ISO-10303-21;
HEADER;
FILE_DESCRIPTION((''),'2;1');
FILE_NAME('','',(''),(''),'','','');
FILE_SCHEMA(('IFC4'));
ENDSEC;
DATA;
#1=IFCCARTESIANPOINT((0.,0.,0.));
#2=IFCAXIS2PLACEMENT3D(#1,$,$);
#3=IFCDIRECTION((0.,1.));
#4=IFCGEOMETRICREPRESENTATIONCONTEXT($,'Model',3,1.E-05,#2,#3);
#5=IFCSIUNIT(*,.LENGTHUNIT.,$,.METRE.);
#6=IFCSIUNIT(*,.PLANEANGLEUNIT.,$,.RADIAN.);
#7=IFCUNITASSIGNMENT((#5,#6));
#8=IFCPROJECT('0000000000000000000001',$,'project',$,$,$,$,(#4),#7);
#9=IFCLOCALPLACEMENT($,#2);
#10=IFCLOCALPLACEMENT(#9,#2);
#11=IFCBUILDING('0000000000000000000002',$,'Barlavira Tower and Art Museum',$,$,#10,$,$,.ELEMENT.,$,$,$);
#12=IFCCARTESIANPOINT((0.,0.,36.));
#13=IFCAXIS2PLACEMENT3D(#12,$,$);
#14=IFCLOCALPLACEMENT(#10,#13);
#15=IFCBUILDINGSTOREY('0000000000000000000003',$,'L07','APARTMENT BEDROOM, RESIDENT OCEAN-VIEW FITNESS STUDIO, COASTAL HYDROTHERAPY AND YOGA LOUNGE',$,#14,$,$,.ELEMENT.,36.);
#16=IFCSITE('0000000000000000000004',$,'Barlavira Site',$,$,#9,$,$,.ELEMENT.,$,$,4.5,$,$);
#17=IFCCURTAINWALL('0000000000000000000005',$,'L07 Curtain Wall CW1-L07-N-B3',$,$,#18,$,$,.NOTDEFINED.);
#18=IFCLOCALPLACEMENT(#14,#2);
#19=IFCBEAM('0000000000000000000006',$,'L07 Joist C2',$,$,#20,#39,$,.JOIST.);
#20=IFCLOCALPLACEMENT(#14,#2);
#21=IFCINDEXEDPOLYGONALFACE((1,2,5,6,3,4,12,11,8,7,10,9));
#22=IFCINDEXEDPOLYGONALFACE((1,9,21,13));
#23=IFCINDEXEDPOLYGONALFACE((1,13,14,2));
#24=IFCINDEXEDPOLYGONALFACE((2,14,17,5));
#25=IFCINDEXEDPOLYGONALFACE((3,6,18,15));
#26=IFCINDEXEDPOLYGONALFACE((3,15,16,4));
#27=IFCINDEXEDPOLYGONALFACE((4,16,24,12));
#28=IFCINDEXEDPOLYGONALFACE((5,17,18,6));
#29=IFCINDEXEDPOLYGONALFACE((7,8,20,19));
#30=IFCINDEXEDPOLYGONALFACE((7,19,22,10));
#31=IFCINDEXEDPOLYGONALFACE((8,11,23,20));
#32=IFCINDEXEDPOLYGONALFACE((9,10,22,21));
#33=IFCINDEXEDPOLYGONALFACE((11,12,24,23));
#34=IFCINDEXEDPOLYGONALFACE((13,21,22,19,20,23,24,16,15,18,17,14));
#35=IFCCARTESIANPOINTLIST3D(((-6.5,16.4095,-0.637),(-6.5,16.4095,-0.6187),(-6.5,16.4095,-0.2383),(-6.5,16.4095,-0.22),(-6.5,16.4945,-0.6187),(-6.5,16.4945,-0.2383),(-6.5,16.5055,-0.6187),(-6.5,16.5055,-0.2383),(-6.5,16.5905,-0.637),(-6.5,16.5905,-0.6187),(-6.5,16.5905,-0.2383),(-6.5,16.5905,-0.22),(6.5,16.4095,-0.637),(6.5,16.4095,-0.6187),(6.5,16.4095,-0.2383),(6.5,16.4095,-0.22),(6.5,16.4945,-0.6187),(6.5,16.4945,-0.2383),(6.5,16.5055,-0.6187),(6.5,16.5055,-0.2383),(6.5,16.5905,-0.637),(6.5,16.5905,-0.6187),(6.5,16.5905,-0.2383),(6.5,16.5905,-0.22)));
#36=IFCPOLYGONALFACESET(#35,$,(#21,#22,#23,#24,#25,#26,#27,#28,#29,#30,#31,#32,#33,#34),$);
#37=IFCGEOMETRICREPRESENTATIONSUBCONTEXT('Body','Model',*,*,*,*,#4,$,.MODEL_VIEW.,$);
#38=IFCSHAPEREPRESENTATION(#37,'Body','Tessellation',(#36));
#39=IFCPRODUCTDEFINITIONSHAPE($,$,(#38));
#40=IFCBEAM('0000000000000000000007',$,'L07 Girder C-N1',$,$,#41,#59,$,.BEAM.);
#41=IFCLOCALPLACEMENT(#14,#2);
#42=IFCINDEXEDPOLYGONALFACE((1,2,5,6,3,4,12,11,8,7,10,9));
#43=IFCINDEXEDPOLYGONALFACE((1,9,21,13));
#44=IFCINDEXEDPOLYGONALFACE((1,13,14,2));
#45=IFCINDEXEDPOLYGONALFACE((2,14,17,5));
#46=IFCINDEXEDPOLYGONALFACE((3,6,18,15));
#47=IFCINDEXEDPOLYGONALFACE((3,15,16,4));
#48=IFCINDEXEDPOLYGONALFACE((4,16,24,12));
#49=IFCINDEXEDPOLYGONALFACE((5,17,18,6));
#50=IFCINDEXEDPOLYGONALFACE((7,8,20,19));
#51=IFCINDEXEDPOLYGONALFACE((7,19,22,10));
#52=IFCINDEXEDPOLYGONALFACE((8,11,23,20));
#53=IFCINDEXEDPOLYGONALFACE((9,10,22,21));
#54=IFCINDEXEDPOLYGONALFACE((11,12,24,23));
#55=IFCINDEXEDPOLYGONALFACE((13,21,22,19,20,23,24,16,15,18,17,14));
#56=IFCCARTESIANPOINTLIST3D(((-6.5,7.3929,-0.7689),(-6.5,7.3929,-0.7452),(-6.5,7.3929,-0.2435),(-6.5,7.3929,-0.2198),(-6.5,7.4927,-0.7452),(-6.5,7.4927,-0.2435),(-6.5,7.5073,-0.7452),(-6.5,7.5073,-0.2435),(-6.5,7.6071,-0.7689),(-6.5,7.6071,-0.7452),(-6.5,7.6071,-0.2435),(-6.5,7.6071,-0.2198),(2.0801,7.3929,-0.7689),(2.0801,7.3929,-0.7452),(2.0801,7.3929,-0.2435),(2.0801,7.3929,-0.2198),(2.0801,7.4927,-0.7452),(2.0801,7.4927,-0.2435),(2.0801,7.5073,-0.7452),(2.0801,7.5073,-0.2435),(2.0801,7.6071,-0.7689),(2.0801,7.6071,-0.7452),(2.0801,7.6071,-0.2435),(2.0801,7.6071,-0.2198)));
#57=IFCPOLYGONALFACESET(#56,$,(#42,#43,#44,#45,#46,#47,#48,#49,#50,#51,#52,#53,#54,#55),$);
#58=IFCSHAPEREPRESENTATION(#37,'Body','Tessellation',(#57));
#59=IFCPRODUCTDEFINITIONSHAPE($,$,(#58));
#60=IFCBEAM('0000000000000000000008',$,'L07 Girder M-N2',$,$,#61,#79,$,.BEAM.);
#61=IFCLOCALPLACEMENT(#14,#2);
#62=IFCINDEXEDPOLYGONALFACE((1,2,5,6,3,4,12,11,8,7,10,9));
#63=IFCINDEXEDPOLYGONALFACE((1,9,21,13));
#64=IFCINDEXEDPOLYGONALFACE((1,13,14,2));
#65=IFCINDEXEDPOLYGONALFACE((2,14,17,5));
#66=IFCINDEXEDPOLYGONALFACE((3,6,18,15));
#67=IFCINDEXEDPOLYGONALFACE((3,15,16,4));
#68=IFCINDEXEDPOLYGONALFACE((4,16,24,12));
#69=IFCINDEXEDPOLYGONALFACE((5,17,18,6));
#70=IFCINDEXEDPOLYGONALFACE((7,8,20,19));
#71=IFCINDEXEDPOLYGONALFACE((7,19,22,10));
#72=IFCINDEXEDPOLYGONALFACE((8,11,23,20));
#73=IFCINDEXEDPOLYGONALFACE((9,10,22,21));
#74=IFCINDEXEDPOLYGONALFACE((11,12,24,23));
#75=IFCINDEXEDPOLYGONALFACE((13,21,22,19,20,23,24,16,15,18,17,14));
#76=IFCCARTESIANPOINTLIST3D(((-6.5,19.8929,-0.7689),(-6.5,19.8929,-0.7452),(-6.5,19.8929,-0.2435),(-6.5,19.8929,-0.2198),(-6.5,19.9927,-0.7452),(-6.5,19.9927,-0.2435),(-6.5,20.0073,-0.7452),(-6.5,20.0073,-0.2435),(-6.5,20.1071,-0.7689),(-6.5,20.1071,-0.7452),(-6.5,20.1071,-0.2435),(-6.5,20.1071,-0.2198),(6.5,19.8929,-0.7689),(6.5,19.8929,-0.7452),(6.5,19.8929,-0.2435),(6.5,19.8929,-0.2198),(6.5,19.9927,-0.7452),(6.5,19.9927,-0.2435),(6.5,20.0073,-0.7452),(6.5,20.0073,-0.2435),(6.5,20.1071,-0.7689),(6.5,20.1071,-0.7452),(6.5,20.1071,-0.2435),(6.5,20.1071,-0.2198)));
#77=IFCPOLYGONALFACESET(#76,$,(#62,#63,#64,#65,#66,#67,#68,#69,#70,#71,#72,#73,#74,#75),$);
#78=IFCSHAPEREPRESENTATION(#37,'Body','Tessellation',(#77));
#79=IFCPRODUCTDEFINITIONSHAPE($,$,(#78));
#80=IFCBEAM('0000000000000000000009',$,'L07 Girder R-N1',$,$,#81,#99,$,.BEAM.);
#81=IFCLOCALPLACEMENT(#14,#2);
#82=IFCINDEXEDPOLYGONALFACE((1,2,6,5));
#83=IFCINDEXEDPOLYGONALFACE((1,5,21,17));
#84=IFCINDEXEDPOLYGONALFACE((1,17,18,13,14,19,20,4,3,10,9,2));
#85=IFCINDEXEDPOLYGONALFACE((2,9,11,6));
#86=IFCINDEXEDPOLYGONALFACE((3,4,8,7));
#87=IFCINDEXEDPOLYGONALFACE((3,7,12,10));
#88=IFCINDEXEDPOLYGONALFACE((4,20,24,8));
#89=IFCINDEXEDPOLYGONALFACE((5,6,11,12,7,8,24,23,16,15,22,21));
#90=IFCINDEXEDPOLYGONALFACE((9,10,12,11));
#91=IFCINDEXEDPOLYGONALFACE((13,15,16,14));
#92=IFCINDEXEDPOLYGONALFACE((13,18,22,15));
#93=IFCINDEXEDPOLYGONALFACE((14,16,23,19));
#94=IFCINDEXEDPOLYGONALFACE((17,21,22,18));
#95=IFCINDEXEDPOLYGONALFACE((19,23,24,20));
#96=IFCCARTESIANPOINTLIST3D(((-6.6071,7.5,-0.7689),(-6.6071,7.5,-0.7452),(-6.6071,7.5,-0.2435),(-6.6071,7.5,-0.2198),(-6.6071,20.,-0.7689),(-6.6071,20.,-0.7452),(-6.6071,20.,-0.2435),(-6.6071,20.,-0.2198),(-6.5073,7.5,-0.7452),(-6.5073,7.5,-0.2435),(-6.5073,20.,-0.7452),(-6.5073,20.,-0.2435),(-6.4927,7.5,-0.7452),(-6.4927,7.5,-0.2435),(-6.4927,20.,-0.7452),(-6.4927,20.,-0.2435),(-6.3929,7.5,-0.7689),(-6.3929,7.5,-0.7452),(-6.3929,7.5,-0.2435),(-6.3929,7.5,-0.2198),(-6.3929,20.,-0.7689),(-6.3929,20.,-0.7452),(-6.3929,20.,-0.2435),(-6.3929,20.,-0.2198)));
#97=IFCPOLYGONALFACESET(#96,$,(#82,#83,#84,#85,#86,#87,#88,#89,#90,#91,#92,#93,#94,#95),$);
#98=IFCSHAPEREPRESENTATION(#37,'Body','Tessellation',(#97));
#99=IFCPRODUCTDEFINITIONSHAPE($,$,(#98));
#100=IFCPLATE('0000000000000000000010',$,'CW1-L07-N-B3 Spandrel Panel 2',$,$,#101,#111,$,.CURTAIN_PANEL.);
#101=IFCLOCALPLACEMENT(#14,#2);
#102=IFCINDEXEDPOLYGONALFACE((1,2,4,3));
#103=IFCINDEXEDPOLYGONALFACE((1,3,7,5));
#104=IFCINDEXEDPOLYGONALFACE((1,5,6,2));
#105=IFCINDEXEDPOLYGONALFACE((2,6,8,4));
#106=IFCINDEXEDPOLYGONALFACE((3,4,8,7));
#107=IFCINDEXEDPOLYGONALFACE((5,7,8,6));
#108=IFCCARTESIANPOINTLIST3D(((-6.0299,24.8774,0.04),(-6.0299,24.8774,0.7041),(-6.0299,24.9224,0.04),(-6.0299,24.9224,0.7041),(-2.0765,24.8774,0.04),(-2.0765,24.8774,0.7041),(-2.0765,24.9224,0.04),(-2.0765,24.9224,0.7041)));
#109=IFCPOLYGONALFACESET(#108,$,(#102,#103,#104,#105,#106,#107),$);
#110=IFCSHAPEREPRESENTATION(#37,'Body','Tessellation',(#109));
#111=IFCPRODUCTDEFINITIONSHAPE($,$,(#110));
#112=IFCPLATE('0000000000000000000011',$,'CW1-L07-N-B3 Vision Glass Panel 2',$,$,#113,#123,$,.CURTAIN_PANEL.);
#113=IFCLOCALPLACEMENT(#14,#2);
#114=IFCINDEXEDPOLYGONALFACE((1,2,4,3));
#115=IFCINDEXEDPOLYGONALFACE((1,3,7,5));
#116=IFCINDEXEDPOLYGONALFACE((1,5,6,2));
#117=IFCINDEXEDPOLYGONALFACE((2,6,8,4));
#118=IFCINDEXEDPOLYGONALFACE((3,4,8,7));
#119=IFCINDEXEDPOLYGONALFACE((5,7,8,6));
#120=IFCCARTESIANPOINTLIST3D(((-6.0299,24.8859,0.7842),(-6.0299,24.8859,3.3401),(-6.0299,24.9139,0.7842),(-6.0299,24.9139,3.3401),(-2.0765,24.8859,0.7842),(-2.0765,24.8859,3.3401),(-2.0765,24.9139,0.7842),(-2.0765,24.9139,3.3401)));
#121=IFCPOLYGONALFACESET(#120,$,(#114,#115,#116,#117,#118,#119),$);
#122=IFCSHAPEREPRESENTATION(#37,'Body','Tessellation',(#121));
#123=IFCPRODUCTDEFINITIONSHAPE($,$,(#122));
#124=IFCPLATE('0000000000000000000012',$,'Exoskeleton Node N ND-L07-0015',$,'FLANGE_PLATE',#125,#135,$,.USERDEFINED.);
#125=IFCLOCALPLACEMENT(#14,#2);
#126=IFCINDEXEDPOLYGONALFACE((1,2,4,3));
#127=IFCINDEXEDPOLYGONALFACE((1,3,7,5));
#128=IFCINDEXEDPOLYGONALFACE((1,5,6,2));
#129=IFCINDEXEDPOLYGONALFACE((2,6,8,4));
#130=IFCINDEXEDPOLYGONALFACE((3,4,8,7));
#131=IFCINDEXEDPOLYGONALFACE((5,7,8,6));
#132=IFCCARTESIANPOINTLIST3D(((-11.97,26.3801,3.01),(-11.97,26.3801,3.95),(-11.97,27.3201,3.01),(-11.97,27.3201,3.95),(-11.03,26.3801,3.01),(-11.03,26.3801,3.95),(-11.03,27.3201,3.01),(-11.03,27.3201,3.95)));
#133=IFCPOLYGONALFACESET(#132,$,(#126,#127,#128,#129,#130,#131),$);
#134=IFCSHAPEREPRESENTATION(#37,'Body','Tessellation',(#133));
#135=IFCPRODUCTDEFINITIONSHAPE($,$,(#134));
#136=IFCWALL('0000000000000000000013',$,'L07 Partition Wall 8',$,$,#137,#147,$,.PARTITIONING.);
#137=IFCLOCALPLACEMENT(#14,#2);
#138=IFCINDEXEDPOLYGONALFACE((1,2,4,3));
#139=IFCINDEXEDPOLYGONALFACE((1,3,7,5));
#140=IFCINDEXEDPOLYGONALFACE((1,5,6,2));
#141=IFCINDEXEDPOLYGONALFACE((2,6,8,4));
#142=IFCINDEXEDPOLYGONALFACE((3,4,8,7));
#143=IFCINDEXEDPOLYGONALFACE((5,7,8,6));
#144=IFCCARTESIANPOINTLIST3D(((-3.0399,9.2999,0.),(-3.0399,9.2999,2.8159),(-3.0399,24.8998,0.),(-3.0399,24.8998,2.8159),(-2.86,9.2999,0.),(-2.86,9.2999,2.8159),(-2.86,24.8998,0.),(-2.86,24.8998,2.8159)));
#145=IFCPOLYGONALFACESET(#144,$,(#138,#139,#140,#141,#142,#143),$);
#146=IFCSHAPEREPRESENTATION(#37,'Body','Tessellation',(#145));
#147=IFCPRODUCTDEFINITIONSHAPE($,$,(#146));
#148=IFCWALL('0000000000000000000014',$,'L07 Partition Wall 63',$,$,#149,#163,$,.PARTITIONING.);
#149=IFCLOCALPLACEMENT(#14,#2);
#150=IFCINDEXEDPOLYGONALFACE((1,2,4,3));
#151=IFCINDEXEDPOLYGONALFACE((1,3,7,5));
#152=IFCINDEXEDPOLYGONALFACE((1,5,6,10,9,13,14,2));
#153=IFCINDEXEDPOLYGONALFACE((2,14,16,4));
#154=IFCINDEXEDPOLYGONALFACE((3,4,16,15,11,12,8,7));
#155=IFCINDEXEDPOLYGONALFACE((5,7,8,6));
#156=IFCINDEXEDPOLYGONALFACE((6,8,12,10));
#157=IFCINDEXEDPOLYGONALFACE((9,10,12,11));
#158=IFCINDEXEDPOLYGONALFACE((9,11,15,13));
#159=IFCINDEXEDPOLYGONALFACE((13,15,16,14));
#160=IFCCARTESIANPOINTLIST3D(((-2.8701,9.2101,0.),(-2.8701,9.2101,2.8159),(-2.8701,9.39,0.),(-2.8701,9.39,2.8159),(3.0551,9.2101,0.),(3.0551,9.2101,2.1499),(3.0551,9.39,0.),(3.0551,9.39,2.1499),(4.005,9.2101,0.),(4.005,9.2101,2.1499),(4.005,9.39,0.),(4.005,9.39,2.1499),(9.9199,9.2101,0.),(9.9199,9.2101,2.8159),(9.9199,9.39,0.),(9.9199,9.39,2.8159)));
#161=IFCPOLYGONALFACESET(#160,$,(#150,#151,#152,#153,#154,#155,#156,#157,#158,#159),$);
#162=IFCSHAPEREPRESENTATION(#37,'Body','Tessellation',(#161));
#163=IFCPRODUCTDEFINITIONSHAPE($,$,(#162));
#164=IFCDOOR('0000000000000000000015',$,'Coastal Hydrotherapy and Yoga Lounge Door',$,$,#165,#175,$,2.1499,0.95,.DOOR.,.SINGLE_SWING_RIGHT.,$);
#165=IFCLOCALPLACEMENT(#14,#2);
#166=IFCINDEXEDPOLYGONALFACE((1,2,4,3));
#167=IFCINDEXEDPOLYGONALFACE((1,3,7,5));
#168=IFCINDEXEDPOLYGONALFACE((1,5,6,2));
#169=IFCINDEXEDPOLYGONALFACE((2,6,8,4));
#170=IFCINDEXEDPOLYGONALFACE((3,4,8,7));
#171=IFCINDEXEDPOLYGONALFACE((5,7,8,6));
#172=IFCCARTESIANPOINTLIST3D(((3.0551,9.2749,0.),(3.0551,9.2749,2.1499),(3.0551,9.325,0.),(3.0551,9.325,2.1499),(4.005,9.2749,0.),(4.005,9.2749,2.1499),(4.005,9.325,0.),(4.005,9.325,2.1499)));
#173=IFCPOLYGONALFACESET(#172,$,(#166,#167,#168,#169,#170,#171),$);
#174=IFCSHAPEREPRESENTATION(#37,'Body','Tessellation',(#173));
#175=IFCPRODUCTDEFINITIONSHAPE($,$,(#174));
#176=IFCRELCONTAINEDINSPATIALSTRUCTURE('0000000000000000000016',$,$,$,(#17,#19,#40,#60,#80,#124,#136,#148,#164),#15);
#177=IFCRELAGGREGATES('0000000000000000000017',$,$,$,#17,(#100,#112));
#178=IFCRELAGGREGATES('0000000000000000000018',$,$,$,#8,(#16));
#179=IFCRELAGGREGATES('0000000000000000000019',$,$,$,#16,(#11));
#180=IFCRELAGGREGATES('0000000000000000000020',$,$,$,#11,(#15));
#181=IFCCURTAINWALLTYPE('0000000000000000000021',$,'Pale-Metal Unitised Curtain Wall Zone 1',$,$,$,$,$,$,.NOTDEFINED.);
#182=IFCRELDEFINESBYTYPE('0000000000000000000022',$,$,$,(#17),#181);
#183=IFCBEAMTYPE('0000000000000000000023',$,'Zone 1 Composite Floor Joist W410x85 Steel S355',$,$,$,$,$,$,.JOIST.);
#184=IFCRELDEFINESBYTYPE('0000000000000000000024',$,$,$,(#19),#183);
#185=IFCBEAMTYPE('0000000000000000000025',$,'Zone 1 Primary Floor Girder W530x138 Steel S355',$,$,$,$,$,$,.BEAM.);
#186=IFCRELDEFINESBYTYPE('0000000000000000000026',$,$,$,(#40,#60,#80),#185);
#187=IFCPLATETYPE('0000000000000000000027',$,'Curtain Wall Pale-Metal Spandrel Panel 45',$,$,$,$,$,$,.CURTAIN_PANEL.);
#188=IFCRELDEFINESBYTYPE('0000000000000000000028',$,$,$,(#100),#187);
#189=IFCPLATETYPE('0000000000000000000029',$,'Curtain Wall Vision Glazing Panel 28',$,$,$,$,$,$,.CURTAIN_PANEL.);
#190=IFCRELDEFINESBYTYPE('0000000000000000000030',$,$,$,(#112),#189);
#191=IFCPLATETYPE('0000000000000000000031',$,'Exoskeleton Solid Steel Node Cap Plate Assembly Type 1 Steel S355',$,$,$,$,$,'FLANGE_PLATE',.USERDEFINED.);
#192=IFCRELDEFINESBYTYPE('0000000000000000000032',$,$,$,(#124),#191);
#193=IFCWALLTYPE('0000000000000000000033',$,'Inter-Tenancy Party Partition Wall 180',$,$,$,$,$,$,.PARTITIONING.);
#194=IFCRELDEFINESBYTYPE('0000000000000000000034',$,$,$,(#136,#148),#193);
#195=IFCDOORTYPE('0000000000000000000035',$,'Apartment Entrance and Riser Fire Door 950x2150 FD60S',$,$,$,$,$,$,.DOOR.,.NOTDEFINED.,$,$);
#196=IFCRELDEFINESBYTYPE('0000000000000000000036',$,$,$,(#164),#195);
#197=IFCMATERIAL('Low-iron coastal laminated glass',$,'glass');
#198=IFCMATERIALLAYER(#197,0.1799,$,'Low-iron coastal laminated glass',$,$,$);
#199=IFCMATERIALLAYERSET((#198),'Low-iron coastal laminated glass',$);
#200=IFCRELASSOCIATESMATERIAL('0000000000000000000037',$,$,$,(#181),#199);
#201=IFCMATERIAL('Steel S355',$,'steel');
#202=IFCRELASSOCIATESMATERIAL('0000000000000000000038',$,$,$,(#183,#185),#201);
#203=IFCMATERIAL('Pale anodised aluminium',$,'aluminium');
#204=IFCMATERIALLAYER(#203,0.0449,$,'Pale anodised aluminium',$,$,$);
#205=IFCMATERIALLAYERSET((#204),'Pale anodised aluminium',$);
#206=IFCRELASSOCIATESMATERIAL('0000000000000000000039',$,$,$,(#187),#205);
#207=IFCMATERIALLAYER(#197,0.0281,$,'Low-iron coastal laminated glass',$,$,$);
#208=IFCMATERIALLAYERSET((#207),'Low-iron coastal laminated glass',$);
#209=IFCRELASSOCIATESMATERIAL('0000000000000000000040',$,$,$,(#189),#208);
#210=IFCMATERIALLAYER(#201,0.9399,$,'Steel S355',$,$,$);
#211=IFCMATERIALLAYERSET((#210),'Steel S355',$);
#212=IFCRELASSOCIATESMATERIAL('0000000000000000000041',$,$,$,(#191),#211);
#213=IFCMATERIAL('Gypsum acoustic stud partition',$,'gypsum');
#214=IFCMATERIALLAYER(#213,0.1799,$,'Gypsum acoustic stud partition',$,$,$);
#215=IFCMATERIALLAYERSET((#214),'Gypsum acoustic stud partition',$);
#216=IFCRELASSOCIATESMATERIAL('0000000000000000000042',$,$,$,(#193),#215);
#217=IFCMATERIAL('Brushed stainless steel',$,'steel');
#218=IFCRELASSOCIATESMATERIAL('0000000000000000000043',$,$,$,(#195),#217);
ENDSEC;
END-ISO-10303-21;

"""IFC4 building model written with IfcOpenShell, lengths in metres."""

from ifc_helpers import new_model, si_unit, direction, frame, frame_2d, origin, origin_2d, place, context, subcontext, project, spatial, rectangle, i_section, extrude, material, layer, layer_set, material_profile, profile_set, type_object, element, fill, aggregate, save


model = new_model("IFC4")

# Units and contexts
model_context = context("Model", 3, precision=1e-05, world=origin(), true_north=direction((0.0, 1.0)))
body_context = subcontext(model_context, "Body", "Model", "MODEL_VIEW")
ifc_project = project(units=[si_unit("LENGTHUNIT", "METRE"), si_unit("PLANEANGLEUNIT", "RADIAN")], contexts=[model_context])

# Site, building, storey
site_placement = place(None, origin())
site = spatial("IfcSite", under=ifc_project, at=site_placement, Name="Barlavira Site", CompositionType="ELEMENT", RefElevation=4.5)
building_placement = place(site_placement, origin())
building = spatial("IfcBuilding", under=site, at=building_placement, Name="Barlavira Tower and Art Museum", CompositionType="ELEMENT")
storey_placement = place(building_placement, frame((0.0, 0.0, 36.0)))
storey = spatial("IfcBuildingStorey", under=building, at=storey_placement, Name="L07", Description="APARTMENT BEDROOM, RESIDENT OCEAN-VIEW FITNESS STUDIO, COASTAL HYDROTHERAPY AND YOGA LOUNGE", CompositionType="ELEMENT", Elevation=36.0)

# Shared definitions
ifc_material_1 = material(Name="Steel S355", Category="steel")

# Curtain wall
ifc_material_2 = material(Name="Low-iron coastal laminated glass", Category="glass")
ifc_layer_1 = layer(ifc_material_2, 0.1799, Name="Low-iron coastal laminated glass")
ifc_layer_set_1 = layer_set([ifc_layer_1], Name="Low-iron coastal laminated glass")
curtain_wall_type = type_object("IfcCurtainWallType", Name="Pale-Metal Unitised Curtain Wall Zone 1", PredefinedType="NOTDEFINED", material=ifc_layer_set_1)
curtain_wall_placement = place(storey_placement, origin())
curtain_wall = element("IfcCurtainWall", 1, at=curtain_wall_placement, inside=storey, type_object=curtain_wall_type, Name="L07 Curtain Wall CW1-L07-N-B3", PredefinedType="NOTDEFINED")
ifc_material_3 = material(Name="Pale anodised aluminium", Category="aluminium")

# Beams
ifc_material_profile_1 = material_profile(ifc_material_1, i_section(OverallWidth=0.1809, OverallDepth=0.417, WebThickness=0.011, FlangeThickness=0.0183, at=origin_2d()), Name="W410x85.0")
ifc_profile_set_1 = profile_set([ifc_material_profile_1], Name="Steel S355")
beam_type_1 = type_object("IfcBeamType", Name="Zone 1 Composite Floor Joist W410x85 Steel S355", PredefinedType="JOIST", material=ifc_profile_set_1)
beam_1_placement = place(storey_placement, frame((-6.5, 16.5, -0.4285), z_axis=(1.0, 0.0, 0.0), x_axis=(0.0, 1.0, 0.0)))
element("IfcBeam", 2, at=beam_1_placement, inside=storey, type_object=beam_type_1, Name="L07 Joist C2", PredefinedType="JOIST", context=body_context, shape_type="SweptSolid", body=[
    extrude(i_section(OverallWidth=0.1809, OverallDepth=0.417, WebThickness=0.011, FlangeThickness=0.0183, at=origin_2d()), origin(), (0.0, 0.0, 1.0), 13.0),
])
ifc_material_profile_2 = material_profile(ifc_material_1, i_section(OverallWidth=0.2141, OverallDepth=0.5491, WebThickness=0.0146, FlangeThickness=0.0237, at=origin_2d()), Name="W530x138.0")
ifc_profile_set_2 = profile_set([ifc_material_profile_2], Name="Steel S355")
beam_type_2 = type_object("IfcBeamType", Name="Zone 1 Primary Floor Girder W530x138 Steel S355", PredefinedType="BEAM", material=ifc_profile_set_2)
beam_2_placement = place(storey_placement, frame((-6.5, 7.5, -0.4944), z_axis=(1.0, 0.0, 0.0), x_axis=(0.0, 1.0, 0.0)))
element("IfcBeam", 3, at=beam_2_placement, inside=storey, type_object=beam_type_2, Name="L07 Girder C-N1", PredefinedType="BEAM", context=body_context, shape_type="SweptSolid", body=[
    extrude(i_section(OverallWidth=0.2141, OverallDepth=0.5491, WebThickness=0.0146, FlangeThickness=0.0237, at=origin_2d()), origin(), (0.0, 0.0, 1.0), 8.5801),
])
beam_3_placement = place(storey_placement, frame((-6.5, 20.0, -0.4944), z_axis=(1.0, 0.0, 0.0), x_axis=(0.0, 1.0, 0.0)))
element("IfcBeam", 4, at=beam_3_placement, inside=storey, type_object=beam_type_2, Name="L07 Girder M-N2", PredefinedType="BEAM", context=body_context, shape_type="SweptSolid", body=[
    extrude(i_section(OverallWidth=0.2141, OverallDepth=0.5491, WebThickness=0.0146, FlangeThickness=0.0237, at=origin_2d()), origin(), (0.0, 0.0, 1.0), 13.0),
])
beam_4_placement = place(storey_placement, frame((-6.5, 7.5, -0.4944), z_axis=(0.0, 1.0, 0.0), x_axis=(-1.0, 0.0, 0.0)))
element("IfcBeam", 5, at=beam_4_placement, inside=storey, type_object=beam_type_2, Name="L07 Girder R-N1", PredefinedType="BEAM", context=body_context, shape_type="SweptSolid", body=[
    extrude(i_section(OverallWidth=0.2141, OverallDepth=0.5491, WebThickness=0.0146, FlangeThickness=0.0237, at=origin_2d()), origin(), (0.0, 0.0, 1.0), 12.5),
])

# Plates
ifc_layer_2 = layer(ifc_material_3, 0.0449, Name="Pale anodised aluminium")
ifc_layer_set_2 = layer_set([ifc_layer_2], Name="Pale anodised aluminium")
plate_type_1 = type_object("IfcPlateType", Name="Curtain Wall Pale-Metal Spandrel Panel 45", PredefinedType="CURTAIN_PANEL", material=ifc_layer_set_2)
plate_1_placement = place(storey_placement, frame((-4.0532, 24.8999, 0.04), z_axis=(0.0, 0.0, 1.0), x_axis=(-1.0, 0.0, 0.0)))
plate_1 = element("IfcPlate", 6, at=plate_1_placement, type_object=plate_type_1, Name="CW1-L07-N-B3 Spandrel Panel 2", PredefinedType="CURTAIN_PANEL", context=body_context, shape_type="SweptSolid", body=[
    extrude(rectangle(XDim=3.9534, YDim=0.0449, at=origin_2d()), origin(), (0.0, 0.0, 1.0), 0.6641),
])
ifc_layer_3 = layer(ifc_material_2, 0.0281, Name="Low-iron coastal laminated glass")
ifc_layer_set_3 = layer_set([ifc_layer_3], Name="Low-iron coastal laminated glass")
plate_type_2 = type_object("IfcPlateType", Name="Curtain Wall Vision Glazing Panel 28", PredefinedType="CURTAIN_PANEL", material=ifc_layer_set_3)
plate_2_placement = place(storey_placement, frame((-4.0532, 24.8999, 0.7842), z_axis=(0.0, 0.0, 1.0), x_axis=(-1.0, 0.0, 0.0)))
plate_2 = element("IfcPlate", 7, at=plate_2_placement, type_object=plate_type_2, Name="CW1-L07-N-B3 Vision Glass Panel 2", PredefinedType="CURTAIN_PANEL", context=body_context, shape_type="SweptSolid", body=[
    extrude(rectangle(XDim=3.9534, YDim=0.0281, at=origin_2d()), origin(), (0.0, 0.0, 1.0), 2.5559),
])
aggregate(curtain_wall, [plate_1, plate_2])
ifc_layer_4 = layer(ifc_material_1, 0.9399, Name="Steel S355")
ifc_layer_set_4 = layer_set([ifc_layer_4], Name="Steel S355")
plate_type_3 = type_object("IfcPlateType", Name="Exoskeleton Solid Steel Node Cap Plate Assembly Type 1 Steel S355", ElementType="FLANGE_PLATE", PredefinedType="USERDEFINED", material=ifc_layer_set_4)
plate_3_placement = place(storey_placement, frame((-11.5, 26.8501, 3.01), z_axis=(0.0, 0.0, 1.0), x_axis=(1.0, 0.0, 0.0)))
element("IfcPlate", 8, at=plate_3_placement, inside=storey, type_object=plate_type_3, Name="Exoskeleton Node N ND-L07-0015", ObjectType="FLANGE_PLATE", PredefinedType="USERDEFINED", context=body_context, shape_type="SweptSolid", body=[
    extrude(rectangle(XDim=0.9399, YDim=0.9399, at=origin_2d()), origin(), (0.0, 0.0, 1.0), 0.9399),
])

# Shared definitions
ifc_material_4 = material(Name="Brushed stainless steel", Category="steel")

# Wall
ifc_material_5 = material(Name="Gypsum acoustic stud partition", Category="gypsum")
ifc_layer_5 = layer(ifc_material_5, 0.1799, Name="Gypsum acoustic stud partition")
ifc_layer_set_5 = layer_set([ifc_layer_5], Name="Gypsum acoustic stud partition")
wall_type_1 = type_object("IfcWallType", Name="Inter-Tenancy Party Partition Wall 180", PredefinedType="PARTITIONING", material=ifc_layer_set_5)
wall_1_placement = place(storey_placement, frame((-2.95, 9.3, 0.0), z_axis=(0.0, 0.0, 1.0), x_axis=(0.0, 1.0, 0.0)))
element("IfcWall", 9, at=wall_1_placement, inside=storey, type_object=wall_type_1, Name="L07 Partition Wall 8", PredefinedType="PARTITIONING", context=body_context, shape_type="SweptSolid", body=[
    extrude(rectangle(XDim=15.5999, YDim=0.1799, at=frame_2d((7.7998, 0.0))), origin(), (0.0, 0.0, 1.0), 2.8159),
])

# Wall, opening, door
wall_2_placement = place(storey_placement, frame((-2.8701, 9.3, 0.0), z_axis=(0.0, 0.0, 1.0), x_axis=(1.0, 0.0, 0.0)))
wall_2 = element("IfcWall", 10, at=wall_2_placement, inside=storey, type_object=wall_type_1, Name="L07 Partition Wall 63", PredefinedType="PARTITIONING", context=body_context, shape_type="SweptSolid", body=[
    extrude(rectangle(XDim=12.79, YDim=0.1799, at=frame_2d((6.395, 0.0))), origin(), (0.0, 0.0, 1.0), 2.8159),
])
opening_1_placement = place(wall_2_placement, frame((5.925, 0.0, 0.0)))
opening_1 = element("IfcOpeningElement", 11, at=opening_1_placement, cuts=wall_2, PredefinedType="OPENING", context=body_context, shape_type="SweptSolid", body=[
    extrude(rectangle(XDim=0.95, YDim=2.1499, at=frame_2d((0.4751, 1.075))), frame((0.0, 0.1001, 0.0), z_axis=(0.0, -1.0, 0.0), x_axis=(1.0, 0.0, 0.0)), (0.0, 0.0, 1.0), 0.2),
])
door_type_1 = type_object("IfcDoorType", Name="Apartment Entrance and Riser Fire Door 950x2150 FD60S", OperationType="NOTDEFINED", PredefinedType="DOOR", material=ifc_material_4)
door_1_placement = place(opening_1_placement, origin())
door_1 = element("IfcDoor", 12, at=door_1_placement, inside=storey, type_object=door_type_1, Name="Coastal Hydrotherapy and Yoga Lounge Door", OperationType="SINGLE_SWING_RIGHT", OverallHeight=2.1499, OverallWidth=0.95, PredefinedType="DOOR", context=body_context, shape_type="SweptSolid", body=[
    extrude(rectangle(XDim=0.95, YDim=2.1499, at=frame_2d((0.4751, 1.075))), frame((0.0, 0.0249, 0.0), z_axis=(0.0, -1.0, 0.0), x_axis=(1.0, 0.0, 0.0)), (0.0, 0.0, 1.0), 0.05),
])
fill(opening_1, door_1)

save(model, "model.ifc")
